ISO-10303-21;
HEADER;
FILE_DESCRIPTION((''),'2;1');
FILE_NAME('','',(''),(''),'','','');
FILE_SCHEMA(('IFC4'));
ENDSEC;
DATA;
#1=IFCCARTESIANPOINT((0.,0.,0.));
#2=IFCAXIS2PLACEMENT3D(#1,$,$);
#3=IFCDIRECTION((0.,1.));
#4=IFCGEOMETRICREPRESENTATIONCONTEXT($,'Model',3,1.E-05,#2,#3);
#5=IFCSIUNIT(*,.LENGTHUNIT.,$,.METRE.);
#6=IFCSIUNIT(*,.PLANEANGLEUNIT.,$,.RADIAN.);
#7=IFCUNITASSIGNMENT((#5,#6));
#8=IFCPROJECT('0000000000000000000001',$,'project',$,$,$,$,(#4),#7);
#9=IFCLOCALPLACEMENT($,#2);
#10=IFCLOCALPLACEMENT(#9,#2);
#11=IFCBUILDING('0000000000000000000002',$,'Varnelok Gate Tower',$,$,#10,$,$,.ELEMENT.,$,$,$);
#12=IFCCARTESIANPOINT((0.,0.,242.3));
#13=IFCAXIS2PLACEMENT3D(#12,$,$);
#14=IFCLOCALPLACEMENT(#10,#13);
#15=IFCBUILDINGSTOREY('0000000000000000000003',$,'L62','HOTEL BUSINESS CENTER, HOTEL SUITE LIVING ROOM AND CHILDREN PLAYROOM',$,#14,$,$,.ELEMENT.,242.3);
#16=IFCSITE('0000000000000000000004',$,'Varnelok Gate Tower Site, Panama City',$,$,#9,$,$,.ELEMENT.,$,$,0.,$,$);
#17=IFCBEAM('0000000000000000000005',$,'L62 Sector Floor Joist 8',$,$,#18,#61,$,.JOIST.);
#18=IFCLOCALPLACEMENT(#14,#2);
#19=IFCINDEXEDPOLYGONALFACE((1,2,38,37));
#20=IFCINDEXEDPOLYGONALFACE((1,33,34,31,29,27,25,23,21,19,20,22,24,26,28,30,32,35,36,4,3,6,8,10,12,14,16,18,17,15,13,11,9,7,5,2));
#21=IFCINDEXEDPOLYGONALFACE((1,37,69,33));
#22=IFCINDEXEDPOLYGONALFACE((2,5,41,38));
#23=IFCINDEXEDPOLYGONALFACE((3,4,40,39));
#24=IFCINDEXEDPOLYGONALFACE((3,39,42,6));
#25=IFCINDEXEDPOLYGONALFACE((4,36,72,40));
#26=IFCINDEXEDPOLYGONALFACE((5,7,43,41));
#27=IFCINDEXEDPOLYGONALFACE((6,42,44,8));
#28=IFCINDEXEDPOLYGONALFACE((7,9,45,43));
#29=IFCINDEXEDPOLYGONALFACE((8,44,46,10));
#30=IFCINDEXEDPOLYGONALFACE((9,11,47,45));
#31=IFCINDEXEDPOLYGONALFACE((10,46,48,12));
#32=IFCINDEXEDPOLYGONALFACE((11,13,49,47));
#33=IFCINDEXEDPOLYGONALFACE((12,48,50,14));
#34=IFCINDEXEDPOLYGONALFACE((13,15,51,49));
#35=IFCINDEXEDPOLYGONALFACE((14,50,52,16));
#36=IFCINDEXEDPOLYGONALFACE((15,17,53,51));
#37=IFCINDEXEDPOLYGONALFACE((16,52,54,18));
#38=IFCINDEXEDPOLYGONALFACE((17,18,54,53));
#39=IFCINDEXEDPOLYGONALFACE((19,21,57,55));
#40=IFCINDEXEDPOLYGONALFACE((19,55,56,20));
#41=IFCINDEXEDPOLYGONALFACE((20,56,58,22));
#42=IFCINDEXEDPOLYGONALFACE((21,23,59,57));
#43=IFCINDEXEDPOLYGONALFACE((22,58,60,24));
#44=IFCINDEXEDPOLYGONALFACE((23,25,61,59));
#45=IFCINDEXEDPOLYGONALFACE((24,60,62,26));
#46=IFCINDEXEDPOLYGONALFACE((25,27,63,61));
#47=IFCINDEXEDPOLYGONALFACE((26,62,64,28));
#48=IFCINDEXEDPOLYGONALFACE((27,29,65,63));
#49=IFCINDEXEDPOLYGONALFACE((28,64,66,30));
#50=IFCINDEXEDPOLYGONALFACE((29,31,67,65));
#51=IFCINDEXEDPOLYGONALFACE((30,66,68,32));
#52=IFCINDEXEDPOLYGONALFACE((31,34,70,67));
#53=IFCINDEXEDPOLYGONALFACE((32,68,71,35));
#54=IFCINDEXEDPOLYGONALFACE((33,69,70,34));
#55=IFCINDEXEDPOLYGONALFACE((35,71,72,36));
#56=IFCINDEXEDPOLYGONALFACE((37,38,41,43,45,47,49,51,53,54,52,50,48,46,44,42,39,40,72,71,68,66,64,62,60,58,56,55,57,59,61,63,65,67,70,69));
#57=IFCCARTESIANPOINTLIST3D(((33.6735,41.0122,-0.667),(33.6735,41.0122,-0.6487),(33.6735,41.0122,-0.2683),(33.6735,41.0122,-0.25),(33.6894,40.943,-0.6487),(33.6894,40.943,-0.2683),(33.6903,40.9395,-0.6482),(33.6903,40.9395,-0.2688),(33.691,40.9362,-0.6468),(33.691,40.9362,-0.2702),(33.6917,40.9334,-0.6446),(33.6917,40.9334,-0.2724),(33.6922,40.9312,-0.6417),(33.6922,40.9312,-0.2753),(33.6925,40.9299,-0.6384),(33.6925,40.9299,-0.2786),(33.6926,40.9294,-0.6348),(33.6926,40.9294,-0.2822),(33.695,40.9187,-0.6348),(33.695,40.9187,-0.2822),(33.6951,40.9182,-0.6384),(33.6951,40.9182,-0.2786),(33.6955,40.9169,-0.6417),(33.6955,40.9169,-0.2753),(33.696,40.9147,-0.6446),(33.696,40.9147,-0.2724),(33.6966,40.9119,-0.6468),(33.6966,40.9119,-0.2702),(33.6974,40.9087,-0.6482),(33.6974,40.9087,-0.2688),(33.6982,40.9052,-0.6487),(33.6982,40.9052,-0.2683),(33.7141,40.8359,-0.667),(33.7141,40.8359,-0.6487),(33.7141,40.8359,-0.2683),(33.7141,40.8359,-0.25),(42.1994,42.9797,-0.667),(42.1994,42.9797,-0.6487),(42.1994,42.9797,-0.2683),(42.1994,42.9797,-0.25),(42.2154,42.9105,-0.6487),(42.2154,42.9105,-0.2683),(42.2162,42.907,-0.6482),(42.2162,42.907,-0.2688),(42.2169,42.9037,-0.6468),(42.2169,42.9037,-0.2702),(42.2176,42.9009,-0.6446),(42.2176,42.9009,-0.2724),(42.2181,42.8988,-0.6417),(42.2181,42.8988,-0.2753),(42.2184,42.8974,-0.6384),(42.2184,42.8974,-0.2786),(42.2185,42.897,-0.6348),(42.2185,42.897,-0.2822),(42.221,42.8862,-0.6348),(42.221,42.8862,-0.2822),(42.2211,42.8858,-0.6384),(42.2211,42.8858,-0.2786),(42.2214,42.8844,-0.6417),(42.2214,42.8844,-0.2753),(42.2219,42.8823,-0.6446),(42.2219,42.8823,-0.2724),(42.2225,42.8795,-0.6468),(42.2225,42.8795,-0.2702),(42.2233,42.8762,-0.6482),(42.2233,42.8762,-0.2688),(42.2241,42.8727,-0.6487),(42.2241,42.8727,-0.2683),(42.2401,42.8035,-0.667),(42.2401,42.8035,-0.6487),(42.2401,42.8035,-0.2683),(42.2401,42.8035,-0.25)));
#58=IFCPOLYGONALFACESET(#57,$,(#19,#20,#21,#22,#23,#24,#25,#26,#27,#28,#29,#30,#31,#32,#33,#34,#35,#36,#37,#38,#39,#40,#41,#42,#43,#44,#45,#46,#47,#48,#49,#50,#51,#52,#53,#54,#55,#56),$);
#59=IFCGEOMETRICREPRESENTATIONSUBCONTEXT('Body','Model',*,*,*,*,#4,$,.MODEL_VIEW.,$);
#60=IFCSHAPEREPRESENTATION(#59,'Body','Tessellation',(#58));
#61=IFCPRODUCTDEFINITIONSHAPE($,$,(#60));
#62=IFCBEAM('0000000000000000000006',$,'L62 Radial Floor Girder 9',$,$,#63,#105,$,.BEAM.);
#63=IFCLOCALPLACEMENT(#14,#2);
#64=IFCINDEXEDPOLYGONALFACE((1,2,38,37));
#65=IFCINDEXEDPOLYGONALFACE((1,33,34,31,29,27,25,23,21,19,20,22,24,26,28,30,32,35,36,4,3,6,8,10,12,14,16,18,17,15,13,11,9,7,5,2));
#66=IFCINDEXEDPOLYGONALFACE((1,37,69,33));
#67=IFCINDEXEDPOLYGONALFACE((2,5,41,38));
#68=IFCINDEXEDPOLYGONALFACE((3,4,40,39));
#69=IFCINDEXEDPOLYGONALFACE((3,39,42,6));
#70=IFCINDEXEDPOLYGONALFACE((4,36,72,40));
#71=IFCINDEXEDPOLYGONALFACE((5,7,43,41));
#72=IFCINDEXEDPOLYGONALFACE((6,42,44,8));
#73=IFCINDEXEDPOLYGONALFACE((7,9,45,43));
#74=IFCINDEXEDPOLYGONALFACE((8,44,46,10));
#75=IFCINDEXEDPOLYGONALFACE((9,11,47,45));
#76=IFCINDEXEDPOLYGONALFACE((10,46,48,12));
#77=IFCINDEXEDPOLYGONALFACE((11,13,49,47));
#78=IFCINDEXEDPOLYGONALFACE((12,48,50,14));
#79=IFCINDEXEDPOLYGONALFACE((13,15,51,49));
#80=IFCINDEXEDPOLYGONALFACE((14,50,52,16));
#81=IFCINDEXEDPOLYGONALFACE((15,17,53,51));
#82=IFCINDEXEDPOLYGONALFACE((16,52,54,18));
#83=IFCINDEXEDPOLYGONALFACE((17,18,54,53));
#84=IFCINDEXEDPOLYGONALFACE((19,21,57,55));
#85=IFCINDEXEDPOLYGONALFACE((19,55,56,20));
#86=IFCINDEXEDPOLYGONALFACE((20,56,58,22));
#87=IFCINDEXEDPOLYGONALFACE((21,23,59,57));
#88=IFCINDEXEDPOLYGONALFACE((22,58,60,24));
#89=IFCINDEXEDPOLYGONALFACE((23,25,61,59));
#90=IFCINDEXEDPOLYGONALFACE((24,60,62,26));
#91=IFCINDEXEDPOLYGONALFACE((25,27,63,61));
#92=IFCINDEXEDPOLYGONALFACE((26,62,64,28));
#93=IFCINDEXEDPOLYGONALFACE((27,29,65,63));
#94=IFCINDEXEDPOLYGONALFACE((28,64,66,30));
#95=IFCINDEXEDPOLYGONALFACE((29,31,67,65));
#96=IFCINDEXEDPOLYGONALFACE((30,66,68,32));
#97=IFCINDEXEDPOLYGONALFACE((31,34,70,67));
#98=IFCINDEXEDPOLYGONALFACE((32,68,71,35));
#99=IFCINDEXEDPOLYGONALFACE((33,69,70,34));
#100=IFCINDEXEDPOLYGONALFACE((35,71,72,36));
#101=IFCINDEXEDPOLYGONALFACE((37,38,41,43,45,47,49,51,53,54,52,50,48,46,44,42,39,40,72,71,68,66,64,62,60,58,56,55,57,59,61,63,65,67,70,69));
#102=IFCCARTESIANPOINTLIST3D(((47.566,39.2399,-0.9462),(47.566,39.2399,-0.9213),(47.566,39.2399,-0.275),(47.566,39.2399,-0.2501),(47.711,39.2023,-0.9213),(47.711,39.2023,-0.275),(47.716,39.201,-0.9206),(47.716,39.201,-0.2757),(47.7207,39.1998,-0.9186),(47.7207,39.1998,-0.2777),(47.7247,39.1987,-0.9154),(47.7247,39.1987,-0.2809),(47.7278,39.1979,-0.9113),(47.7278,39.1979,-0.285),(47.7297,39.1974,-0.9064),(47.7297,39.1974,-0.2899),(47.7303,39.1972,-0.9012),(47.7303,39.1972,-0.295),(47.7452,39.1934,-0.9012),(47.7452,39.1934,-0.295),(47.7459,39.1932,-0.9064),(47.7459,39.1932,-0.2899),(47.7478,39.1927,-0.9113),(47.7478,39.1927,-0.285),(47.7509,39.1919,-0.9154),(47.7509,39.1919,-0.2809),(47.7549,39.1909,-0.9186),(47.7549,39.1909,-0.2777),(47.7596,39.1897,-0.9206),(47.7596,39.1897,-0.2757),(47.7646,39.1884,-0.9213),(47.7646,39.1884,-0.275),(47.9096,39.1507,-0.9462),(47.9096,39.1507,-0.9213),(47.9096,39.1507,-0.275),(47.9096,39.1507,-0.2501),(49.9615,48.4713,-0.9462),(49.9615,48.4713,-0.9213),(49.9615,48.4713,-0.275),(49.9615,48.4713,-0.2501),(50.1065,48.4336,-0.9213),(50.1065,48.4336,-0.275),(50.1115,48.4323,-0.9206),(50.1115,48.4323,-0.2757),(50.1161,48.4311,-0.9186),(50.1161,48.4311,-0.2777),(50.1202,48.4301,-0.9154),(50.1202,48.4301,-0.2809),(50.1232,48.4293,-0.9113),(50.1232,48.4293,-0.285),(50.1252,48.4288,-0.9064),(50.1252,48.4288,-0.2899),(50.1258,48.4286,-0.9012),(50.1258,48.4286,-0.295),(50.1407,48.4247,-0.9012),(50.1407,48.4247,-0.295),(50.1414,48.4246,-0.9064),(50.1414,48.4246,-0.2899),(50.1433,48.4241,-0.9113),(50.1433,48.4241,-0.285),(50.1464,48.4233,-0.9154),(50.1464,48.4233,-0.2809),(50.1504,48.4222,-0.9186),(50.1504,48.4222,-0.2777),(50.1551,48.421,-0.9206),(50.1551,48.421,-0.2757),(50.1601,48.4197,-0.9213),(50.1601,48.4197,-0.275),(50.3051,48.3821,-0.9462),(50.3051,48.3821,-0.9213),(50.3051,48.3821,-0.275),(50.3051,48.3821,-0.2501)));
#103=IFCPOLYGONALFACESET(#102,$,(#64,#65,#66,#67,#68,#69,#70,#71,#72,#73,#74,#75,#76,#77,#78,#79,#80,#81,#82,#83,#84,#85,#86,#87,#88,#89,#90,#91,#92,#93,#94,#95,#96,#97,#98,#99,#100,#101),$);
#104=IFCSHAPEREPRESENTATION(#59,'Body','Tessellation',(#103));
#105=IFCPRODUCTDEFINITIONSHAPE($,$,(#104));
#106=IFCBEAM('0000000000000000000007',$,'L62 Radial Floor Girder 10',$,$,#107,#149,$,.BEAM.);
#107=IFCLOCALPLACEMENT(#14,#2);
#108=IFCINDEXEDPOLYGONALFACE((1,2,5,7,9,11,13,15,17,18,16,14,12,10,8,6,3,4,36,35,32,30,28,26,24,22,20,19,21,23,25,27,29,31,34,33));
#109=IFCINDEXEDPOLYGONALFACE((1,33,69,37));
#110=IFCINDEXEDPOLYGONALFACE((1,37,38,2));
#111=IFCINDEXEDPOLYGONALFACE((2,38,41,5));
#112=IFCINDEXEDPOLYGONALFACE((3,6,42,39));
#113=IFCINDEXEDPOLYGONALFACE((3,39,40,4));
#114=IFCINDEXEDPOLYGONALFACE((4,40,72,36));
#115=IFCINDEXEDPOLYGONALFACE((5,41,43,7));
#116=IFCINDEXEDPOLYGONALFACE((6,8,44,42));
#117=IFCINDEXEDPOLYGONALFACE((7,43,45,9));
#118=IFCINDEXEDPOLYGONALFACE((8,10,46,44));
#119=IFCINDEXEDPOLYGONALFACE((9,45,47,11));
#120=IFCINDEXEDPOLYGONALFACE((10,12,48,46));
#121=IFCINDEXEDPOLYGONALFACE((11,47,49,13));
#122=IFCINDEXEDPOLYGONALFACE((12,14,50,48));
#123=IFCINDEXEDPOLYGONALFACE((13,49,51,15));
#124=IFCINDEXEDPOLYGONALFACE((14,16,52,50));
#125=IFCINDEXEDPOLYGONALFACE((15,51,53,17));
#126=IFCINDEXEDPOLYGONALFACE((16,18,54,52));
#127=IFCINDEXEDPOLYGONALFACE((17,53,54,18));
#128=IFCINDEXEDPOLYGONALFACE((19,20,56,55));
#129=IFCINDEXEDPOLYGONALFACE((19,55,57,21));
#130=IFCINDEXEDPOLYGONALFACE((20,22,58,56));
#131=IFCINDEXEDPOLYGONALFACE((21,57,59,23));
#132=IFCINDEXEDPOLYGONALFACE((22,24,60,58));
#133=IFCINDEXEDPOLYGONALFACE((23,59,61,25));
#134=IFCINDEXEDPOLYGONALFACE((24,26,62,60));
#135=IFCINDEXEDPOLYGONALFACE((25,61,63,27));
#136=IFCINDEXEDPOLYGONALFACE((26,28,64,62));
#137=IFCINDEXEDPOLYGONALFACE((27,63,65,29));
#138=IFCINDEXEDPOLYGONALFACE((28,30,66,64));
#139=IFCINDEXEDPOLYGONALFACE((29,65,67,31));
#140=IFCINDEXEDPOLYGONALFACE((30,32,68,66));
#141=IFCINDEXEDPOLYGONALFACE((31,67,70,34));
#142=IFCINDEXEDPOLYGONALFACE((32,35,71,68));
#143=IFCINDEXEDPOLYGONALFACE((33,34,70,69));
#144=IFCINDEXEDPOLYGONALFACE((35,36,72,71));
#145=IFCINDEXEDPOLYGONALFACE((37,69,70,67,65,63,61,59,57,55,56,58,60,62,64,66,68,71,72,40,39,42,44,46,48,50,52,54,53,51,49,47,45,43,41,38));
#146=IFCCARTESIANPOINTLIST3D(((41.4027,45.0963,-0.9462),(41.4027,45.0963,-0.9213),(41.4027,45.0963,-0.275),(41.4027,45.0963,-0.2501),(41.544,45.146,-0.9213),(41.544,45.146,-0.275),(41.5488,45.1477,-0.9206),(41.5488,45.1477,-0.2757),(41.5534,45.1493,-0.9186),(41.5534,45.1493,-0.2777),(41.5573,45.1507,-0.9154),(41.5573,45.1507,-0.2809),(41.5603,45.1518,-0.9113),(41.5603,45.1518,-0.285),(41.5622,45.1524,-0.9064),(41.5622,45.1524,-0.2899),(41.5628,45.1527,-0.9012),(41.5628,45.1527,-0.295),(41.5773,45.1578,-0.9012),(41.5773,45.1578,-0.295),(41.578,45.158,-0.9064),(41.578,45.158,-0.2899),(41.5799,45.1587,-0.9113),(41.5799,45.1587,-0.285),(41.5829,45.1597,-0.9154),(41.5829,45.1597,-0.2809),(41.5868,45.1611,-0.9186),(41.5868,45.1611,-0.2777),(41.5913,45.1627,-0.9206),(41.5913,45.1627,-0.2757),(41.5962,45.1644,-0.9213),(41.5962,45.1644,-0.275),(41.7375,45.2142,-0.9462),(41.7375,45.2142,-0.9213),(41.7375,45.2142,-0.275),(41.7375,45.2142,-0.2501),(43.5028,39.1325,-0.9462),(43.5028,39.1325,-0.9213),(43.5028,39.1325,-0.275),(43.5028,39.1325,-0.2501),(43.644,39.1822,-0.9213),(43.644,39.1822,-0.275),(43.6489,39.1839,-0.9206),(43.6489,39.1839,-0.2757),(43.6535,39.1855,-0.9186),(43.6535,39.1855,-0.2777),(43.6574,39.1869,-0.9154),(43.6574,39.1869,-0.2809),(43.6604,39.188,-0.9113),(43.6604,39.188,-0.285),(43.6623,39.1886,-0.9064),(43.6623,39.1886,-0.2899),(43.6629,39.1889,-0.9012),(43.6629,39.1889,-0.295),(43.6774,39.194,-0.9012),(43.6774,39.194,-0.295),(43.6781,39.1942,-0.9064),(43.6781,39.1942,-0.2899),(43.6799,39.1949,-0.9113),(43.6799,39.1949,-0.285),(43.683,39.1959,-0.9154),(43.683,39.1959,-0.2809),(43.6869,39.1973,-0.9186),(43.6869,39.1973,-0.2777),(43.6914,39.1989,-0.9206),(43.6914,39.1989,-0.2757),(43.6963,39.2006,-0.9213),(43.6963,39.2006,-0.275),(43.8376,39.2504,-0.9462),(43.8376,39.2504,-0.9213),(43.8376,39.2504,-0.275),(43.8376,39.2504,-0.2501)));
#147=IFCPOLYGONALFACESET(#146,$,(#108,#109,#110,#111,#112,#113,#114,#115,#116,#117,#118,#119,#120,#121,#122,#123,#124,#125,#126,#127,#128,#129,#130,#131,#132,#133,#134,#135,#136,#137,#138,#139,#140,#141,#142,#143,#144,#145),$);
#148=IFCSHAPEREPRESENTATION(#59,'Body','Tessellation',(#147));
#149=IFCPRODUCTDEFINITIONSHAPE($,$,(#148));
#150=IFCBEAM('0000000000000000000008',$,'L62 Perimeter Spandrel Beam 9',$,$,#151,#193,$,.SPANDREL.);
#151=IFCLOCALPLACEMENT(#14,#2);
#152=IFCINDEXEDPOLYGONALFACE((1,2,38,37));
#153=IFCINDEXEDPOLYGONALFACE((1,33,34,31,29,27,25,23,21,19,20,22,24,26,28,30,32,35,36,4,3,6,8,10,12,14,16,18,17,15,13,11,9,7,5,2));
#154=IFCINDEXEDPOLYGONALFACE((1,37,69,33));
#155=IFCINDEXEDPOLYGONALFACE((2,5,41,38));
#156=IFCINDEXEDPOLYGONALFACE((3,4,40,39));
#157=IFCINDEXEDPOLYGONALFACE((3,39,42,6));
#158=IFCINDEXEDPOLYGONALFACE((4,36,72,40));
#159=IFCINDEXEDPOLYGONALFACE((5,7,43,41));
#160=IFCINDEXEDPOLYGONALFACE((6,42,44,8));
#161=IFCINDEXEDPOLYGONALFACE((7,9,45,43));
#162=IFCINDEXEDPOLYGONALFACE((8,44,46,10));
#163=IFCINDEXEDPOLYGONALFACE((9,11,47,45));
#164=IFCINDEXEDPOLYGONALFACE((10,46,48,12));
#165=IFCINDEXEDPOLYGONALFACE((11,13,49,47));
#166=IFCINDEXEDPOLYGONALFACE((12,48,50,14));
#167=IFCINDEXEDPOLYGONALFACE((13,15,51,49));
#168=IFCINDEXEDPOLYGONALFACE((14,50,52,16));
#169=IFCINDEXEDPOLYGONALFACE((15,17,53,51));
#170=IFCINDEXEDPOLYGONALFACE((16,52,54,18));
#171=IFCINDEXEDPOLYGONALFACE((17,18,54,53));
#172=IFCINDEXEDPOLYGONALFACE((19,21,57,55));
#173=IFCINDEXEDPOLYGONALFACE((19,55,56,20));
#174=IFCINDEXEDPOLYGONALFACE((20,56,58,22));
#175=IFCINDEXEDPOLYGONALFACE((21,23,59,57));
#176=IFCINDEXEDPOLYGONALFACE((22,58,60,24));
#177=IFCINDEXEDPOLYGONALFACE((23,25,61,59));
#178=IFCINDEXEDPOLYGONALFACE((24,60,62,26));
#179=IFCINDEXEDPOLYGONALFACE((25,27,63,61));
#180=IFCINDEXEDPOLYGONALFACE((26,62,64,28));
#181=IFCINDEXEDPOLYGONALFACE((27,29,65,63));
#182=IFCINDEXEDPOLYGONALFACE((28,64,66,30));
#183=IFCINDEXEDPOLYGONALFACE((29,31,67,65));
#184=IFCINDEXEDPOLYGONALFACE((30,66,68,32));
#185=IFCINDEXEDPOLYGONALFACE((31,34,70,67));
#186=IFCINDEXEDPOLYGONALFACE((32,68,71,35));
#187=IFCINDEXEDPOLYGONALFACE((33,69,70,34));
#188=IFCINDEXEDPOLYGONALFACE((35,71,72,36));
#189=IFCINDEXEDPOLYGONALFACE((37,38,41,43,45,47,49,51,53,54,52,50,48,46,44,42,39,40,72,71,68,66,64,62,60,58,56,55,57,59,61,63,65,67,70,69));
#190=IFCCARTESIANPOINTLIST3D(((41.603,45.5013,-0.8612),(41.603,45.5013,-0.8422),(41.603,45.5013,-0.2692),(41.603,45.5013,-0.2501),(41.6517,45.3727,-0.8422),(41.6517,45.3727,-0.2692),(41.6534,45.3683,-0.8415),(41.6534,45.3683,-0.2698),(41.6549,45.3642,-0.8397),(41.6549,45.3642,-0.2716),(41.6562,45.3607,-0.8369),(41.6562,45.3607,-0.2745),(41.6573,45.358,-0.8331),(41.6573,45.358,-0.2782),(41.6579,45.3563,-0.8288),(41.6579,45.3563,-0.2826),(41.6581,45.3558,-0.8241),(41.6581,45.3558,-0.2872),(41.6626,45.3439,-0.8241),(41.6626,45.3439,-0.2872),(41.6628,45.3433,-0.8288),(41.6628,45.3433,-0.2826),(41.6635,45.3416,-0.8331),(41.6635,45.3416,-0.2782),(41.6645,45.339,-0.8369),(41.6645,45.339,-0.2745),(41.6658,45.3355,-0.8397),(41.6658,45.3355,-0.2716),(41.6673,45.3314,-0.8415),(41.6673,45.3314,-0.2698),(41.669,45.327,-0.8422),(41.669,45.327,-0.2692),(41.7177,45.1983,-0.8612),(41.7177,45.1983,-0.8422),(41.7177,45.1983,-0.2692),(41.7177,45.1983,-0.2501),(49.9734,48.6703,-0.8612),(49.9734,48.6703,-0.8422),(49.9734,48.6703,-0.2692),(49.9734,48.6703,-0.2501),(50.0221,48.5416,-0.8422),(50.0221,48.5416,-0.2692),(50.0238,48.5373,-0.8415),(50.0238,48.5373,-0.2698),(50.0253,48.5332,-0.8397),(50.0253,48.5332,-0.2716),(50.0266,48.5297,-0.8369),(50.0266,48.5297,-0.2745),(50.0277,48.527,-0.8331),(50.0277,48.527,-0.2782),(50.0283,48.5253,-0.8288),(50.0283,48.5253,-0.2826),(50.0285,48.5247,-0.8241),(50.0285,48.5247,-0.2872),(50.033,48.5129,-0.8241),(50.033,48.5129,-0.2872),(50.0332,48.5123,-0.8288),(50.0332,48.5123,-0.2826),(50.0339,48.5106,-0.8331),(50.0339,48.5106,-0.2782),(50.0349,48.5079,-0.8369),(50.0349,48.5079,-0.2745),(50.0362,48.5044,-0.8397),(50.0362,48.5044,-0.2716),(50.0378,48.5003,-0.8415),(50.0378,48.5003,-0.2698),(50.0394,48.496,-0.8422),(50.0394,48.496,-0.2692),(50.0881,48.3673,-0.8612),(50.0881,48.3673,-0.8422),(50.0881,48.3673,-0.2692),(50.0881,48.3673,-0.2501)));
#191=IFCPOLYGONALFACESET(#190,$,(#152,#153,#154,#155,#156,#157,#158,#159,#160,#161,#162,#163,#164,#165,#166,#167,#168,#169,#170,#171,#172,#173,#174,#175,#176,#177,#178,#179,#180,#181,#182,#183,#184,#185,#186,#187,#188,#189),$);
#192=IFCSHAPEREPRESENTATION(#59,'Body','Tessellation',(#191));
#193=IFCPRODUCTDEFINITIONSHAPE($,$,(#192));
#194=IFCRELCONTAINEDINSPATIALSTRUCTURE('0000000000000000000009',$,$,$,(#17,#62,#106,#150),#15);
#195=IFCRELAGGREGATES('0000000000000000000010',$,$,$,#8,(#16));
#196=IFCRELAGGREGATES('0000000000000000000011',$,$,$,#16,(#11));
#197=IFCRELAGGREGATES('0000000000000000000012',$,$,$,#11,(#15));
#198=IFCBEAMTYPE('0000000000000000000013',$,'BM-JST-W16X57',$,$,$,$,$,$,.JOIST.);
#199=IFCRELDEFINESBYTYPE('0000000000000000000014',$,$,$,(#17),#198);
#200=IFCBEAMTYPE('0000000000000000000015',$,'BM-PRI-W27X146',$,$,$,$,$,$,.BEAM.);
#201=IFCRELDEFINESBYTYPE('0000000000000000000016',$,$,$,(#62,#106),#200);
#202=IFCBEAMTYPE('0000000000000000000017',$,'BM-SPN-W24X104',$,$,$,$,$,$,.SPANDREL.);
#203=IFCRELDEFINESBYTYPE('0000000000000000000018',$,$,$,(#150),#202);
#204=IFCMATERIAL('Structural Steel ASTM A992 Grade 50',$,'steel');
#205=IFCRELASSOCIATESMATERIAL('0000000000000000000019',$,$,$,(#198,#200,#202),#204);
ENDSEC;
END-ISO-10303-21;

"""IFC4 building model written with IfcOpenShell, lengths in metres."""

from ifc_helpers import new_model, si_unit, direction, frame, origin, origin_2d, place, context, subcontext, project, spatial, i_section, extrude, material, material_profile, profile_set, type_object, element, save


model = new_model("IFC4")

# Units and contexts
model_context = context("Model", 3, precision=1e-05, world=origin(), true_north=direction((0.0, 1.0)))
body_context = subcontext(model_context, "Body", "Model", "MODEL_VIEW")
ifc_project = project(units=[si_unit("LENGTHUNIT", "METRE"), si_unit("PLANEANGLEUNIT", "RADIAN")], contexts=[model_context])

# Site, building, storey
site_placement = place(None, origin())
site = spatial("IfcSite", under=ifc_project, at=site_placement, Name="Varnelok Gate Tower Site, Panama City", CompositionType="ELEMENT", RefElevation=0.0)
building_placement = place(site_placement, origin())
building = spatial("IfcBuilding", under=site, at=building_placement, Name="Varnelok Gate Tower", CompositionType="ELEMENT")
storey_placement = place(building_placement, frame((0.0, 0.0, 242.3)))
storey = spatial("IfcBuildingStorey", under=building, at=storey_placement, Name="L62", Description="HOTEL BUSINESS CENTER, HOTEL SUITE LIVING ROOM AND CHILDREN PLAYROOM", CompositionType="ELEMENT", Elevation=242.3)

# Shared definitions
ifc_material_1 = material(Name="Structural Steel ASTM A992 Grade 50", Category="steel")

# Beams
ifc_material_profile_1 = material_profile(ifc_material_1, i_section(OverallWidth=0.1809, OverallDepth=0.417, WebThickness=0.011, FlangeThickness=0.0183, FilletRadius=0.0139, at=origin_2d()), Name="W16X57")
ifc_profile_set_1 = profile_set([ifc_material_profile_1], Name="Structural Steel ASTM A992 Grade 50")
beam_type_1 = type_object("IfcBeamType", Name="BM-JST-W16X57", PredefinedType="JOIST", material=ifc_profile_set_1)
beam_1_placement = place(storey_placement, frame((42.2197, 42.8916, -0.4585), z_axis=(-0.974391, -0.224862, 0.0), x_axis=(0.224862, -0.974391, 0.0)))
element("IfcBeam", 1, at=beam_1_placement, inside=storey, type_object=beam_type_1, Name="L62 Sector Floor Joist 8", PredefinedType="JOIST", context=body_context, shape_type="SweptSolid", body=[
    extrude(i_section(OverallWidth=0.1809, OverallDepth=0.417, WebThickness=0.011, FlangeThickness=0.0183, FilletRadius=0.0139, at=origin_2d()), origin(), (0.0, 0.0, 1.0), 8.75),
])
ifc_material_profile_2 = material_profile(ifc_material_1, i_section(OverallWidth=0.355, OverallDepth=0.696, WebThickness=0.0154, FlangeThickness=0.0249, FilletRadius=0.02, at=origin_2d()), Name="W27X146")
ifc_profile_set_2 = profile_set([ifc_material_profile_2], Name="Structural Steel ASTM A992 Grade 50")
beam_type_2 = type_object("IfcBeamType", Name="BM-PRI-W27X146", PredefinedType="BEAM", material=ifc_profile_set_2)
beam_2_placement = place(storey_placement, frame((47.7378, 39.1953, -0.5981), z_axis=(0.251175, 0.967942, 0.0), x_axis=(-0.967942, 0.251175, 0.0)))
element("IfcBeam", 2, at=beam_2_placement, inside=storey, type_object=beam_type_2, Name="L62 Radial Floor Girder 9", PredefinedType="BEAM", context=body_context, shape_type="SweptSolid", body=[
    extrude(i_section(OverallWidth=0.355, OverallDepth=0.696, WebThickness=0.0154, FlangeThickness=0.0249, FilletRadius=0.02, at=origin_2d()), origin(), (0.0, 0.0, 1.0), 9.5371),
])
beam_3_placement = place(storey_placement, frame((43.6702, 39.1914, -0.5981), z_axis=(-0.332145, 0.943228, 0.0), x_axis=(-0.943228, -0.332145, 0.0)))
element("IfcBeam", 3, at=beam_3_placement, inside=storey, type_object=beam_type_2, Name="L62 Radial Floor Girder 10", PredefinedType="BEAM", context=body_context, shape_type="SweptSolid", body=[
    extrude(i_section(OverallWidth=0.355, OverallDepth=0.696, WebThickness=0.0154, FlangeThickness=0.0249, FilletRadius=0.02, at=origin_2d()), origin(), (0.0, 0.0, 1.0), 6.3228),
])
ifc_material_profile_3 = material_profile(ifc_material_1, i_section(OverallWidth=0.324, OverallDepth=0.6111, WebThickness=0.0127, FlangeThickness=0.019, FilletRadius=0.0181, at=origin_2d()), Name="W24X104")
ifc_profile_set_3 = profile_set([ifc_material_profile_3], Name="Structural Steel ASTM A992 Grade 50")
beam_type_3 = type_object("IfcBeamType", Name="BM-SPN-W24X104", PredefinedType="SPANDREL", material=ifc_profile_set_3)
beam_4_placement = place(storey_placement, frame((50.0308, 48.5188, -0.5557), z_axis=(-0.93522, -0.354066, 0.0), x_axis=(0.354066, -0.93522, 0.0)))
element("IfcBeam", 4, at=beam_4_placement, inside=storey, type_object=beam_type_3, Name="L62 Perimeter Spandrel Beam 9", PredefinedType="SPANDREL", context=body_context, shape_type="SweptSolid", body=[
    extrude(i_section(OverallWidth=0.324, OverallDepth=0.6111, WebThickness=0.0127, FlangeThickness=0.019, FilletRadius=0.0181, at=origin_2d()), origin(), (0.0, 0.0, 1.0), 8.9502),
])

save(model, "model.ifc")
